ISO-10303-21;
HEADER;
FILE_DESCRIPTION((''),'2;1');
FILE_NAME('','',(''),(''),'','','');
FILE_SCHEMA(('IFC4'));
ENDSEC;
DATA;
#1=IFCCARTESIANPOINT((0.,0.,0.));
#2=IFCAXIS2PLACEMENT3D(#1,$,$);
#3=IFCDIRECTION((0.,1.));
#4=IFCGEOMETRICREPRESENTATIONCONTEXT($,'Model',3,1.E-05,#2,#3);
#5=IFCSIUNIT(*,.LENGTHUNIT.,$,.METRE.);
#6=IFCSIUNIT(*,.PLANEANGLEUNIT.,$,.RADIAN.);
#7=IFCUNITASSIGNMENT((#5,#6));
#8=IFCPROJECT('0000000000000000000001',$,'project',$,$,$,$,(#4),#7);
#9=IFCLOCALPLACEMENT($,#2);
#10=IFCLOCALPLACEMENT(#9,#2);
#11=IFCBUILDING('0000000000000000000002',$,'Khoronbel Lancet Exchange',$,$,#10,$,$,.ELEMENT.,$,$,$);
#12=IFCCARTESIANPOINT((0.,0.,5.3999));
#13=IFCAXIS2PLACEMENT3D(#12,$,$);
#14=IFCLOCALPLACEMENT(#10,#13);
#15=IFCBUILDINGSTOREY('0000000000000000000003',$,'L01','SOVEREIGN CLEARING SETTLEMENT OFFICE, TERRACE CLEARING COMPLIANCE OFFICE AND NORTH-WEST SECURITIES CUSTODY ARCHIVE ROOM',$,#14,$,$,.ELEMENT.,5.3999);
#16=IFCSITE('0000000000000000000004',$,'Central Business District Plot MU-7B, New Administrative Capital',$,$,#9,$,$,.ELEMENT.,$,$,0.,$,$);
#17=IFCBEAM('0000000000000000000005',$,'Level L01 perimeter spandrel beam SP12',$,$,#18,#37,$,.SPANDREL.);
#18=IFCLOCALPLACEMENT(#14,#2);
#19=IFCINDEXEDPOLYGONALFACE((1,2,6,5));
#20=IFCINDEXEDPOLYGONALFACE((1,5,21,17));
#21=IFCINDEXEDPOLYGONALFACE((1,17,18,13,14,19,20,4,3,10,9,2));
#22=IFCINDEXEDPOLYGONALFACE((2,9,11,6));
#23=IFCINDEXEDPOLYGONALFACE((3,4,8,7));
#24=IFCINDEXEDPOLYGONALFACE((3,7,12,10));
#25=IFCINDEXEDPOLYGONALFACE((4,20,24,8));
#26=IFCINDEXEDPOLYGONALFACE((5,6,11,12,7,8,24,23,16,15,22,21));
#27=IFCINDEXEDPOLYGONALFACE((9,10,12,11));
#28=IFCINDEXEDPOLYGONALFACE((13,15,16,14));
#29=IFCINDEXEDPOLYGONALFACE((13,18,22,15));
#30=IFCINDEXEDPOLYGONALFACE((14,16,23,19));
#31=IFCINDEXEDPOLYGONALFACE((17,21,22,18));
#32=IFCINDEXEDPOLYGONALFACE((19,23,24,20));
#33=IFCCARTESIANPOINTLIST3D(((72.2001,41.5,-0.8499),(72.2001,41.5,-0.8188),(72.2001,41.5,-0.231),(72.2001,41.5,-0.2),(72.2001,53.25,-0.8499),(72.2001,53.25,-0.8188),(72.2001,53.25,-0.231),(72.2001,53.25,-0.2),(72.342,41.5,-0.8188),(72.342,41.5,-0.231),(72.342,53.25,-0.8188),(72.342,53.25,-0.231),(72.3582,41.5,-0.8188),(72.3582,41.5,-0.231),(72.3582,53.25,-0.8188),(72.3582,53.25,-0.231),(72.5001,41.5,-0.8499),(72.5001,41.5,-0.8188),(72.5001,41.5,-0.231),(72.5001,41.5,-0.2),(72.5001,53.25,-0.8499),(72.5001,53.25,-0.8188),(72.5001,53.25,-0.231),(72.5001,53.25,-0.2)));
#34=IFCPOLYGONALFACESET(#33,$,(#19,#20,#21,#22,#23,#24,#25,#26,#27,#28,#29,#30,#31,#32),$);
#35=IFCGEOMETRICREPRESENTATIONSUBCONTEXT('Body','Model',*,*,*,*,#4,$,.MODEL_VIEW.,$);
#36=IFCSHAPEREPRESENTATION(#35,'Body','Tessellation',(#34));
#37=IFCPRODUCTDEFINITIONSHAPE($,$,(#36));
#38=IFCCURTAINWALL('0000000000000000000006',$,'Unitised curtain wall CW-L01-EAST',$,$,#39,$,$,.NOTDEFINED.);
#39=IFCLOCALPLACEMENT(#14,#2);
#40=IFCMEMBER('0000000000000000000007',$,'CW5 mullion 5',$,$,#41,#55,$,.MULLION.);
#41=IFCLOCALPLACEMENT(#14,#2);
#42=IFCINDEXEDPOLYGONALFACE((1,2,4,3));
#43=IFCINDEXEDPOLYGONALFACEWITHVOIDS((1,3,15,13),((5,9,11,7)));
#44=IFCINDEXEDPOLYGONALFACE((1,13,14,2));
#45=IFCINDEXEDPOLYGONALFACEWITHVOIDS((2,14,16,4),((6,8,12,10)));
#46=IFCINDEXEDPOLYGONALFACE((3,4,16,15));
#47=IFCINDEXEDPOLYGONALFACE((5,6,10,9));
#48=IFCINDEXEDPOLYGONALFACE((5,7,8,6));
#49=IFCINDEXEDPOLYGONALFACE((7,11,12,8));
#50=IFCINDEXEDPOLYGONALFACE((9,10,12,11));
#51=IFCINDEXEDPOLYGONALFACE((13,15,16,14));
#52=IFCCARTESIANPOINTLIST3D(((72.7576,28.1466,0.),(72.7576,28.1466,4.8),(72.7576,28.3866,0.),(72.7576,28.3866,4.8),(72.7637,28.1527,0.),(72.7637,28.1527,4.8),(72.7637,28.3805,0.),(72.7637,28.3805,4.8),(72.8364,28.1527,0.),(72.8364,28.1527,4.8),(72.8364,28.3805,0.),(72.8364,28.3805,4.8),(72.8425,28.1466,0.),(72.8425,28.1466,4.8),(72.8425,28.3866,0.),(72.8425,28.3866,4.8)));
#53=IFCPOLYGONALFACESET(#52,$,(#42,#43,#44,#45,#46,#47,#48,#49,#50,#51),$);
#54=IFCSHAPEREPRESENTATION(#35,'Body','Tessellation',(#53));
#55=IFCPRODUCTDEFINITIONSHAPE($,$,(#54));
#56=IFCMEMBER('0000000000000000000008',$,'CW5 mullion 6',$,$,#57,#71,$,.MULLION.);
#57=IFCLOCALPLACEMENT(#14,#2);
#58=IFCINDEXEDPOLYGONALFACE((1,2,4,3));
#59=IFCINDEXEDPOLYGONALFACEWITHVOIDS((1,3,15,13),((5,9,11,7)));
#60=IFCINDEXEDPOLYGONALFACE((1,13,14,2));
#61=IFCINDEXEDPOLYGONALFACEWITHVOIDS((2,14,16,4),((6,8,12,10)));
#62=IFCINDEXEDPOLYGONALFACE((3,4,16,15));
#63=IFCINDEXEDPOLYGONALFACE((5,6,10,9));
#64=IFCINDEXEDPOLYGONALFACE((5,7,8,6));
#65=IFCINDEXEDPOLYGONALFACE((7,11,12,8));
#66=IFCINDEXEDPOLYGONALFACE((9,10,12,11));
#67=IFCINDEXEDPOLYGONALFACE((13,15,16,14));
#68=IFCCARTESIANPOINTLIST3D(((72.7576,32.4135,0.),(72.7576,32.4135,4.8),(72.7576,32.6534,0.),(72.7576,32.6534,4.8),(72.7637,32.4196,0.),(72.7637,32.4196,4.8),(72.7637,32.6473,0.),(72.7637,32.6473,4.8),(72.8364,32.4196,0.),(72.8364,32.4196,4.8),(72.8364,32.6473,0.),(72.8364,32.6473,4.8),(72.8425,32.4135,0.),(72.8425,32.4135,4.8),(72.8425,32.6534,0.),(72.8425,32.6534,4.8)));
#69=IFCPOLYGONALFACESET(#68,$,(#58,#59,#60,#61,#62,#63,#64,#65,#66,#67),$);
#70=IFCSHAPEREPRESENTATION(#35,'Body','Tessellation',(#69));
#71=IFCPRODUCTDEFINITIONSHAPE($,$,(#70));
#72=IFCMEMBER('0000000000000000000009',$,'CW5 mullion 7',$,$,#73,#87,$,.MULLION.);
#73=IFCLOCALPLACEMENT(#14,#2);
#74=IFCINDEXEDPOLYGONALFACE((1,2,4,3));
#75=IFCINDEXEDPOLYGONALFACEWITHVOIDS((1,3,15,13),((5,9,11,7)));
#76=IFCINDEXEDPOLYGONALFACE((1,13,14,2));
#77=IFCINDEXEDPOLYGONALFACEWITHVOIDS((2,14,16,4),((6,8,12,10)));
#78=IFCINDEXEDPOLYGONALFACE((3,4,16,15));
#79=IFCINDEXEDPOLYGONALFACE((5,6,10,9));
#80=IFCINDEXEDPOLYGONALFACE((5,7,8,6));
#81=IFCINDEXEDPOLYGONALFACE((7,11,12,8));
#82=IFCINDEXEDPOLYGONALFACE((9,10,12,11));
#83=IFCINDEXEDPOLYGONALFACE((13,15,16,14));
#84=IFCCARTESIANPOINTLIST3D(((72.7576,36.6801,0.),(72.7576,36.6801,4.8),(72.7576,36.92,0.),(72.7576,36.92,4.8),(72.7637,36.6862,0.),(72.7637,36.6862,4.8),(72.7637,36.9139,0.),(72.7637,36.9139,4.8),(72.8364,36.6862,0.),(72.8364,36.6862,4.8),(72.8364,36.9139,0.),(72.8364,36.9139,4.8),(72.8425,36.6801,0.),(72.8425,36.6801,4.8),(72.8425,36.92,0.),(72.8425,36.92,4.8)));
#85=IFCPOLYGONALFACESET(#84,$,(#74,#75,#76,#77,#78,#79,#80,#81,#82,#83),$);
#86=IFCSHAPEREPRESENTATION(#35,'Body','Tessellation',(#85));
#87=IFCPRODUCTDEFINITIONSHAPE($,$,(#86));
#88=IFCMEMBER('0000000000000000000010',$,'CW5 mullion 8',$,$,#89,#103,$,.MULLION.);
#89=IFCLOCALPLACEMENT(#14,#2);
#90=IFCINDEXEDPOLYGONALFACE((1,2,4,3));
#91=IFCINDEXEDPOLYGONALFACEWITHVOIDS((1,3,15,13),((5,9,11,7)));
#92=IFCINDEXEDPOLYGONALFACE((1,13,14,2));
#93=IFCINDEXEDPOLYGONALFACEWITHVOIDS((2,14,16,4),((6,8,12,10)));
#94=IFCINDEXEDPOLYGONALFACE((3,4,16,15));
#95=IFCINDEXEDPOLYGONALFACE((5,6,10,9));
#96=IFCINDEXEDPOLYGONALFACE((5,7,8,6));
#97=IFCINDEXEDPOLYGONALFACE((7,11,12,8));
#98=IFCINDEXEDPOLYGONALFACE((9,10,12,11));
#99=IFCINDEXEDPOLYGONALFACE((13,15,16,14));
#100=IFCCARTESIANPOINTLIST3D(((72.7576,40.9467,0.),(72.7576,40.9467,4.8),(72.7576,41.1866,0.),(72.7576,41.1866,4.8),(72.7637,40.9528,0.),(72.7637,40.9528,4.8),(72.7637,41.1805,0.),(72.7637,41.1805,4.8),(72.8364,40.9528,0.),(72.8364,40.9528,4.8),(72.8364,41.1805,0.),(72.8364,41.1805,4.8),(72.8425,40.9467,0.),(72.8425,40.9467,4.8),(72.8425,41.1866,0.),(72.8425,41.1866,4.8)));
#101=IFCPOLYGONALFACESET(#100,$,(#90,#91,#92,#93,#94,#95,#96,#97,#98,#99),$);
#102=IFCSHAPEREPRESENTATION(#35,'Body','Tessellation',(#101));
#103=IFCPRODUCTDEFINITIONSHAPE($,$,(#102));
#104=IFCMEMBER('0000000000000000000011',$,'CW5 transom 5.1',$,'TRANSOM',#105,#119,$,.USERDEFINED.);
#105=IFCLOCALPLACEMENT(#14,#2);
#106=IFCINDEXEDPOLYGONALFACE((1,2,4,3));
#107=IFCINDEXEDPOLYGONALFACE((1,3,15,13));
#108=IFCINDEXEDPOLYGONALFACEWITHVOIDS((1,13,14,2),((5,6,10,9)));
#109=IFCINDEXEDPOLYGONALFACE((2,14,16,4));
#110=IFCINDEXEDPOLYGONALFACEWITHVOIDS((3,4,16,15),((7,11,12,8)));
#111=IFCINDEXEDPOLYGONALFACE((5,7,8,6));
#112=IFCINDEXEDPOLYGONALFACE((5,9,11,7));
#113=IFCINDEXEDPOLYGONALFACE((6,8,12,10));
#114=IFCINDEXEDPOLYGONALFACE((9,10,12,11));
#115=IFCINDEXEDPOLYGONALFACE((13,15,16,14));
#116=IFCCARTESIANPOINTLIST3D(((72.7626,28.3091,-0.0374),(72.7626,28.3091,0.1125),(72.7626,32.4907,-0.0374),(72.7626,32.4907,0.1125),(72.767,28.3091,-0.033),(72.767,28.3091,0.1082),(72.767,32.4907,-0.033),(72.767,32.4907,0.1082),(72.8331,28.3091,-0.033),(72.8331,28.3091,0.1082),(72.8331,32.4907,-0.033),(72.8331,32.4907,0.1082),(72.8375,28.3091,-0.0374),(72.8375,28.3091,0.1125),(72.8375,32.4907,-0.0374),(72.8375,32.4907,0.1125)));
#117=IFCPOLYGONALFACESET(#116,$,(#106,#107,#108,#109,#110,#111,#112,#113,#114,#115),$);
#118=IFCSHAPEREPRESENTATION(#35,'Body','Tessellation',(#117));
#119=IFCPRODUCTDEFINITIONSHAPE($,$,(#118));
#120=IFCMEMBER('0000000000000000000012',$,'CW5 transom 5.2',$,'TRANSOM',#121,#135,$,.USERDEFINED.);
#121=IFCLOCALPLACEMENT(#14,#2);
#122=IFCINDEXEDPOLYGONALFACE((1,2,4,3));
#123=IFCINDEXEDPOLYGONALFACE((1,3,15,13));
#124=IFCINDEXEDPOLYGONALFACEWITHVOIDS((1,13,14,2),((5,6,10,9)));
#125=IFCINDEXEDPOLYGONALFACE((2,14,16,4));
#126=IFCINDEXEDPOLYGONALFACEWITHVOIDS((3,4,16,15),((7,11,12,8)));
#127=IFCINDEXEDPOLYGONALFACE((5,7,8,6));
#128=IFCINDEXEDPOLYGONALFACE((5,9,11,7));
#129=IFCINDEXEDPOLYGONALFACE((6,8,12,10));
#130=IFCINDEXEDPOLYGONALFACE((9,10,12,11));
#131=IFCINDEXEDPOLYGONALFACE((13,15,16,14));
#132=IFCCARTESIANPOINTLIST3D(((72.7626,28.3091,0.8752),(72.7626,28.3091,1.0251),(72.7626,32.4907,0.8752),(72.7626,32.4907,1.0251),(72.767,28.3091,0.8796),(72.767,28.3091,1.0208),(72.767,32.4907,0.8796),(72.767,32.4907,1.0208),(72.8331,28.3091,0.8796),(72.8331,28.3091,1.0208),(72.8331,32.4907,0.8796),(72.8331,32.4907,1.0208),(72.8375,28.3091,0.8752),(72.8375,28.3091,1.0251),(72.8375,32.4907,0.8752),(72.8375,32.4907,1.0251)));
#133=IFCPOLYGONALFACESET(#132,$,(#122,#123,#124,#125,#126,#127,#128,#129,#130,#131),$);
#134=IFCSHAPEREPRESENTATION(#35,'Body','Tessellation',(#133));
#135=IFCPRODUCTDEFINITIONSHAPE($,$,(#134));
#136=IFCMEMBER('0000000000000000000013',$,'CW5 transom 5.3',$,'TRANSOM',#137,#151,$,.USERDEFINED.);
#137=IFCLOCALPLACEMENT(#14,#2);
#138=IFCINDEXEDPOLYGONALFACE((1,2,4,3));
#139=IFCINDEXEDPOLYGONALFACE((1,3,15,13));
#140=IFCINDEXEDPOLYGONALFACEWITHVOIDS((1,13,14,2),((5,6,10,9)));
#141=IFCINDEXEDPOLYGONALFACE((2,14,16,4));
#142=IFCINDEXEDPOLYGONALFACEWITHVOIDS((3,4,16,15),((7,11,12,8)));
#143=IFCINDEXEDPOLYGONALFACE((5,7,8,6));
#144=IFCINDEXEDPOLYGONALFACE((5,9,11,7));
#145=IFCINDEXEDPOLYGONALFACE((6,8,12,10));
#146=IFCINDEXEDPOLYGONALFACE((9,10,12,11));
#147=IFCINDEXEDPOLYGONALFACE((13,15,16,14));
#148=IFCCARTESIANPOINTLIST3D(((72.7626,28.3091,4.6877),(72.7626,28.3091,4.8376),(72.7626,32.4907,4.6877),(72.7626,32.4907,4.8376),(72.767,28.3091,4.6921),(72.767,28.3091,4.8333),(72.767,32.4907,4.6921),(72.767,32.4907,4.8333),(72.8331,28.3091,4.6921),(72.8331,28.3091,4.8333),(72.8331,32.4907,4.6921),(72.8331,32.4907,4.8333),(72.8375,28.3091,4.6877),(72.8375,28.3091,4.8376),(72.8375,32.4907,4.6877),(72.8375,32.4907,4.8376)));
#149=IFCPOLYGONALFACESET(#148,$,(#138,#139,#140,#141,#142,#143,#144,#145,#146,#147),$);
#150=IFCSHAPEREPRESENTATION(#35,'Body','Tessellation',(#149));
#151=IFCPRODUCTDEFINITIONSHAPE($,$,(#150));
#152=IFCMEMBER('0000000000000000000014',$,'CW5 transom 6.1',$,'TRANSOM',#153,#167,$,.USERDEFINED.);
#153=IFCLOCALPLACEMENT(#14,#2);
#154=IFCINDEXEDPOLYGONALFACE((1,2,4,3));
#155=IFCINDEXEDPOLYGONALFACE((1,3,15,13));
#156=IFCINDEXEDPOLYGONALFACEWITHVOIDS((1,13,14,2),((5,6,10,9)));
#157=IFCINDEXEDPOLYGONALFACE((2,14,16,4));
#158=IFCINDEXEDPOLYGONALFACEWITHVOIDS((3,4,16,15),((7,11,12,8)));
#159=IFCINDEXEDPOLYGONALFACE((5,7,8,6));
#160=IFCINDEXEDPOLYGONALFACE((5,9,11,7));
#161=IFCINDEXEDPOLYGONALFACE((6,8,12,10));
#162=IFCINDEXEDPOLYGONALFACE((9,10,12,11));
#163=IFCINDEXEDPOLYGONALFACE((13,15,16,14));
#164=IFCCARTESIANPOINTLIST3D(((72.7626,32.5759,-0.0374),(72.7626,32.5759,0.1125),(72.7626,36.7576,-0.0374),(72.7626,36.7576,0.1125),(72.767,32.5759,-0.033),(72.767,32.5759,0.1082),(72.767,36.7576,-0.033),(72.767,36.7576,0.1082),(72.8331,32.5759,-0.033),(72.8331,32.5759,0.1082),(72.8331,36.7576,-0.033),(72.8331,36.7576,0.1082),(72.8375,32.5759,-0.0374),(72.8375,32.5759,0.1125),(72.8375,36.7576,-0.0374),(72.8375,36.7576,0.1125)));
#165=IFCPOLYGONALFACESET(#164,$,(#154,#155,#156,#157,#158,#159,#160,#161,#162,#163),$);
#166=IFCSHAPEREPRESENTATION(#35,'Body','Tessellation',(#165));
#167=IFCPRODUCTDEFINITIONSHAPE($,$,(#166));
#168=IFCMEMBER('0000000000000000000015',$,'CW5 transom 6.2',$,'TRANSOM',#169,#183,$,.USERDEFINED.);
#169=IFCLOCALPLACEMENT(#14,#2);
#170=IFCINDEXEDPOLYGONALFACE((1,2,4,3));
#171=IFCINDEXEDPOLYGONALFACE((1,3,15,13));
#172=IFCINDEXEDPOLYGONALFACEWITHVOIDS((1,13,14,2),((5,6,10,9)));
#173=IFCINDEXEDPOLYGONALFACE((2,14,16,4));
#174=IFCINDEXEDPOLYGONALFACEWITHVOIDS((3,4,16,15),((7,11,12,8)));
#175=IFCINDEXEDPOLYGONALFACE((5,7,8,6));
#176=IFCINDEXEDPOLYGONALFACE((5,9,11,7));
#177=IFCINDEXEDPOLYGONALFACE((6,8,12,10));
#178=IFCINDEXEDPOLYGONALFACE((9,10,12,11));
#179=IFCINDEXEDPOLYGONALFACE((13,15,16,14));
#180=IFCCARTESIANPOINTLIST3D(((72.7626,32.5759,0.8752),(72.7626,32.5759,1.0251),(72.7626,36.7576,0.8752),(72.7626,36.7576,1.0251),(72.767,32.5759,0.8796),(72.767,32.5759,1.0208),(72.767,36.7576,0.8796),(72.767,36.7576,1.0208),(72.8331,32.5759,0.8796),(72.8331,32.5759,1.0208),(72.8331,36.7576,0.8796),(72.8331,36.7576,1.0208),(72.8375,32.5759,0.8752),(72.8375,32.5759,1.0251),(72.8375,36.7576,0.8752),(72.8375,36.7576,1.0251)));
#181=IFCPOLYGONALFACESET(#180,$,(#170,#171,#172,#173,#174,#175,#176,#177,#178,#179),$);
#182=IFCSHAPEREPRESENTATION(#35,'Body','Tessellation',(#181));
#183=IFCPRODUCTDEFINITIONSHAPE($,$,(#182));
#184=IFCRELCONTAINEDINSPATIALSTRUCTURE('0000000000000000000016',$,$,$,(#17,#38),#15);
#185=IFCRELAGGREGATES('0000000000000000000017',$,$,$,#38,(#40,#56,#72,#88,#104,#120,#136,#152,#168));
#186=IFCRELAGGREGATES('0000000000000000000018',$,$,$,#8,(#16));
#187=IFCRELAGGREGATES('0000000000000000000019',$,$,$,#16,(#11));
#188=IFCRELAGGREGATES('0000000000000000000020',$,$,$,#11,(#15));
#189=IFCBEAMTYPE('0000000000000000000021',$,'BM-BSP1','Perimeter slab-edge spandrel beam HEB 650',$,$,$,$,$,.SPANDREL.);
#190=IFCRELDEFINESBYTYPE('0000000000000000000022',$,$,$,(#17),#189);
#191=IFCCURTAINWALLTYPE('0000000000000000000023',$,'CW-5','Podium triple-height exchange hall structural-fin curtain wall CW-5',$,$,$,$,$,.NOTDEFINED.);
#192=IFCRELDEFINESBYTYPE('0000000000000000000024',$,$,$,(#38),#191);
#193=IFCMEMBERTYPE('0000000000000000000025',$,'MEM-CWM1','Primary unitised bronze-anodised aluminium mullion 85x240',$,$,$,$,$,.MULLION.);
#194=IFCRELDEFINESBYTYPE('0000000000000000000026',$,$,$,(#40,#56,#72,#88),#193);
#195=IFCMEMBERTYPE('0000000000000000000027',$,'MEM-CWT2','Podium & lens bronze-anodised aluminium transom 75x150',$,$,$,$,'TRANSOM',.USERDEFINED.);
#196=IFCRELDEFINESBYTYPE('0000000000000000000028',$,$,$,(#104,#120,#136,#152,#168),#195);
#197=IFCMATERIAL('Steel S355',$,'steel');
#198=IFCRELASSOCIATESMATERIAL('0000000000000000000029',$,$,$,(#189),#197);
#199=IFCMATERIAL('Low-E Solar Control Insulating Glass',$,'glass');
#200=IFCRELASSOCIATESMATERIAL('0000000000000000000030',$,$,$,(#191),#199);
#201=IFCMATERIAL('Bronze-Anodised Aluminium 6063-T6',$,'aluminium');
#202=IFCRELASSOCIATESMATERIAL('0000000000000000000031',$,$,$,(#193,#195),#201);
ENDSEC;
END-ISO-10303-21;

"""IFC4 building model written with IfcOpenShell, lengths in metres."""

from ifc_helpers import new_model, si_unit, direction, frame, origin, origin_2d, place, context, subcontext, project, spatial, hollow_rectangle, i_section, extrude, material, material_profile, profile_set, type_object, element, aggregate, save


model = new_model("IFC4")

# Units and contexts
model_context = context("Model", 3, precision=1e-05, world=origin(), true_north=direction((0.0, 1.0)))
body_context = subcontext(model_context, "Body", "Model", "MODEL_VIEW")
ifc_project = project(units=[si_unit("LENGTHUNIT", "METRE"), si_unit("PLANEANGLEUNIT", "RADIAN")], contexts=[model_context])

# Site, building, storey
site_placement = place(None, origin())
site = spatial("IfcSite", under=ifc_project, at=site_placement, Name="Central Business District Plot MU-7B, New Administrative Capital", CompositionType="ELEMENT", RefElevation=0.0)
building_placement = place(site_placement, origin())
building = spatial("IfcBuilding", under=site, at=building_placement, Name="Khoronbel Lancet Exchange", CompositionType="ELEMENT")
storey_placement = place(building_placement, frame((0.0, 0.0, 5.3999)))
storey = spatial("IfcBuildingStorey", under=building, at=storey_placement, Name="L01", Description="SOVEREIGN CLEARING SETTLEMENT OFFICE, TERRACE CLEARING COMPLIANCE OFFICE AND NORTH-WEST SECURITIES CUSTODY ARCHIVE ROOM", CompositionType="ELEMENT", Elevation=5.3999)

# Beam
ifc_material_1 = material(Name="Steel S355", Category="steel")
ifc_material_profile_1 = material_profile(ifc_material_1, i_section(OverallWidth=0.3, OverallDepth=0.6499, WebThickness=0.0161, FlangeThickness=0.031, at=origin_2d()), Name="HEB 650")
ifc_profile_set_1 = profile_set([ifc_material_profile_1], Name="Steel S355")
beam_type = type_object("IfcBeamType", Name="BM-BSP1", Description="Perimeter slab-edge spandrel beam HEB 650", PredefinedType="SPANDREL", material=ifc_profile_set_1)
beam_placement = place(storey_placement, frame((72.3501, 41.5, -0.5249), z_axis=(0.0, 1.0, 0.0), x_axis=(-1.0, 0.0, 0.0)))
element("IfcBeam", 1, at=beam_placement, inside=storey, type_object=beam_type, Name="Level L01 perimeter spandrel beam SP12", PredefinedType="SPANDREL", context=body_context, shape_type="SweptSolid", body=[
    extrude(i_section(OverallWidth=0.3, OverallDepth=0.6499, WebThickness=0.0161, FlangeThickness=0.031, at=origin_2d()), origin(), (0.0, 0.0, 1.0), 11.75),
])

# Curtain wall, members
ifc_material_2 = material(Name="Low-E Solar Control Insulating Glass", Category="glass")
curtain_wall_type = type_object("IfcCurtainWallType", Name="CW-5", Description="Podium triple-height exchange hall structural-fin curtain wall CW-5", PredefinedType="NOTDEFINED", material=ifc_material_2)
curtain_wall_placement = place(storey_placement, origin())
curtain_wall = element("IfcCurtainWall", 2, at=curtain_wall_placement, inside=storey, type_object=curtain_wall_type, Name="Unitised curtain wall CW-L01-EAST", PredefinedType="NOTDEFINED")
ifc_material_3 = material(Name="Bronze-Anodised Aluminium 6063-T6", Category="aluminium")
ifc_material_profile_2 = material_profile(ifc_material_3, hollow_rectangle(XDim=0.085, YDim=0.24, WallThickness=0.0061, at=origin_2d()), Name="ALU MULLION 85x240")
ifc_profile_set_2 = profile_set([ifc_material_profile_2], Name="Bronze-Anodised Aluminium 6063-T6")
member_type_1 = type_object("IfcMemberType", Name="MEM-CWM1", Description="Primary unitised bronze-anodised aluminium mullion 85x240", PredefinedType="MULLION", material=ifc_profile_set_2)
member_1_placement = place(storey_placement, frame((72.8, 28.2666, 0.0), z_axis=(0.0, 0.0, 1.0), x_axis=(-1.0, 0.0, 0.0)))
member_1 = element("IfcMember", 3, at=member_1_placement, type_object=member_type_1, Name="CW5 mullion 5", PredefinedType="MULLION", context=body_context, shape_type="SweptSolid", body=[
    extrude(hollow_rectangle(XDim=0.085, YDim=0.24, WallThickness=0.0061, at=origin_2d()), origin(), (0.0, 0.0, 1.0), 4.8),
])
member_2_placement = place(storey_placement, frame((72.8, 32.5334, 0.0), z_axis=(0.0, 0.0, 1.0), x_axis=(-1.0, 0.0, 0.0)))
member_2 = element("IfcMember", 4, at=member_2_placement, type_object=member_type_1, Name="CW5 mullion 6", PredefinedType="MULLION", context=body_context, shape_type="SweptSolid", body=[
    extrude(hollow_rectangle(XDim=0.085, YDim=0.24, WallThickness=0.0061, at=origin_2d()), origin(), (0.0, 0.0, 1.0), 4.8),
])
member_3_placement = place(storey_placement, frame((72.8, 36.8, 0.0), z_axis=(0.0, 0.0, 1.0), x_axis=(-1.0, 0.0, 0.0)))
member_3 = element("IfcMember", 5, at=member_3_placement, type_object=member_type_1, Name="CW5 mullion 7", PredefinedType="MULLION", context=body_context, shape_type="SweptSolid", body=[
    extrude(hollow_rectangle(XDim=0.085, YDim=0.24, WallThickness=0.0061, at=origin_2d()), origin(), (0.0, 0.0, 1.0), 4.8),
])
member_4_placement = place(storey_placement, frame((72.8, 41.0667, 0.0), z_axis=(0.0, 0.0, 1.0), x_axis=(-1.0, 0.0, 0.0)))
member_4 = element("IfcMember", 6, at=member_4_placement, type_object=member_type_1, Name="CW5 mullion 8", PredefinedType="MULLION", context=body_context, shape_type="SweptSolid", body=[
    extrude(hollow_rectangle(XDim=0.085, YDim=0.24, WallThickness=0.0061, at=origin_2d()), origin(), (0.0, 0.0, 1.0), 4.8),
])
ifc_material_profile_3 = material_profile(ifc_material_3, hollow_rectangle(XDim=0.075, YDim=0.1499, WallThickness=0.0044, at=origin_2d()), Name="ALU TRANSOM 75x150")
ifc_profile_set_3 = profile_set([ifc_material_profile_3], Name="Bronze-Anodised Aluminium 6063-T6")
member_type_2 = type_object("IfcMemberType", Name="MEM-CWT2", Description="Podium & lens bronze-anodised aluminium transom 75x150", ElementType="TRANSOM", PredefinedType="USERDEFINED", material=ifc_profile_set_3)
member_5_placement = place(storey_placement, frame((72.8, 28.3091, 0.0376), z_axis=(0.0, 1.0, 0.0), x_axis=(-1.0, 0.0, 0.0)))
member_5 = element("IfcMember", 7, at=member_5_placement, type_object=member_type_2, Name="CW5 transom 5.1", ObjectType="TRANSOM", PredefinedType="USERDEFINED", context=body_context, shape_type="SweptSolid", body=[
    extrude(hollow_rectangle(XDim=0.075, YDim=0.1499, WallThickness=0.0044, at=origin_2d()), origin(), (0.0, 0.0, 1.0), 4.1816),
])
member_6_placement = place(storey_placement, frame((72.8, 28.3091, 0.9502), z_axis=(0.0, 1.0, 0.0), x_axis=(-1.0, 0.0, 0.0)))
member_6 = element("IfcMember", 8, at=member_6_placement, type_object=member_type_2, Name="CW5 transom 5.2", ObjectType="TRANSOM", PredefinedType="USERDEFINED", context=body_context, shape_type="SweptSolid", body=[
    extrude(hollow_rectangle(XDim=0.075, YDim=0.1499, WallThickness=0.0044, at=origin_2d()), origin(), (0.0, 0.0, 1.0), 4.1816),
])
member_7_placement = place(storey_placement, frame((72.8, 28.3091, 4.7627), z_axis=(0.0, 1.0, 0.0), x_axis=(-1.0, 0.0, 0.0)))
member_7 = element("IfcMember", 9, at=member_7_placement, type_object=member_type_2, Name="CW5 transom 5.3", ObjectType="TRANSOM", PredefinedType="USERDEFINED", context=body_context, shape_type="SweptSolid", body=[
    extrude(hollow_rectangle(XDim=0.075, YDim=0.1499, WallThickness=0.0044, at=origin_2d()), origin(), (0.0, 0.0, 1.0), 4.1816),
])
member_8_placement = place(storey_placement, frame((72.8, 32.5759, 0.0376), z_axis=(0.0, 1.0, 0.0), x_axis=(-1.0, 0.0, 0.0)))
member_8 = element("IfcMember", 10, at=member_8_placement, type_object=member_type_2, Name="CW5 transom 6.1", ObjectType="TRANSOM", PredefinedType="USERDEFINED", context=body_context, shape_type="SweptSolid", body=[
    extrude(hollow_rectangle(XDim=0.075, YDim=0.1499, WallThickness=0.0044, at=origin_2d()), origin(), (0.0, 0.0, 1.0), 4.1816),
])
member_9_placement = place(storey_placement, frame((72.8, 32.5759, 0.9502), z_axis=(0.0, 1.0, 0.0), x_axis=(-1.0, 0.0, 0.0)))
member_9 = element("IfcMember", 11, at=member_9_placement, type_object=member_type_2, Name="CW5 transom 6.2", ObjectType="TRANSOM", PredefinedType="USERDEFINED", context=body_context, shape_type="SweptSolid", body=[
    extrude(hollow_rectangle(XDim=0.075, YDim=0.1499, WallThickness=0.0044, at=origin_2d()), origin(), (0.0, 0.0, 1.0), 4.1816),
])
aggregate(curtain_wall, [member_1, member_2, member_3, member_4, member_5, member_6, member_7, member_8, member_9])

save(model, "model.ifc")
